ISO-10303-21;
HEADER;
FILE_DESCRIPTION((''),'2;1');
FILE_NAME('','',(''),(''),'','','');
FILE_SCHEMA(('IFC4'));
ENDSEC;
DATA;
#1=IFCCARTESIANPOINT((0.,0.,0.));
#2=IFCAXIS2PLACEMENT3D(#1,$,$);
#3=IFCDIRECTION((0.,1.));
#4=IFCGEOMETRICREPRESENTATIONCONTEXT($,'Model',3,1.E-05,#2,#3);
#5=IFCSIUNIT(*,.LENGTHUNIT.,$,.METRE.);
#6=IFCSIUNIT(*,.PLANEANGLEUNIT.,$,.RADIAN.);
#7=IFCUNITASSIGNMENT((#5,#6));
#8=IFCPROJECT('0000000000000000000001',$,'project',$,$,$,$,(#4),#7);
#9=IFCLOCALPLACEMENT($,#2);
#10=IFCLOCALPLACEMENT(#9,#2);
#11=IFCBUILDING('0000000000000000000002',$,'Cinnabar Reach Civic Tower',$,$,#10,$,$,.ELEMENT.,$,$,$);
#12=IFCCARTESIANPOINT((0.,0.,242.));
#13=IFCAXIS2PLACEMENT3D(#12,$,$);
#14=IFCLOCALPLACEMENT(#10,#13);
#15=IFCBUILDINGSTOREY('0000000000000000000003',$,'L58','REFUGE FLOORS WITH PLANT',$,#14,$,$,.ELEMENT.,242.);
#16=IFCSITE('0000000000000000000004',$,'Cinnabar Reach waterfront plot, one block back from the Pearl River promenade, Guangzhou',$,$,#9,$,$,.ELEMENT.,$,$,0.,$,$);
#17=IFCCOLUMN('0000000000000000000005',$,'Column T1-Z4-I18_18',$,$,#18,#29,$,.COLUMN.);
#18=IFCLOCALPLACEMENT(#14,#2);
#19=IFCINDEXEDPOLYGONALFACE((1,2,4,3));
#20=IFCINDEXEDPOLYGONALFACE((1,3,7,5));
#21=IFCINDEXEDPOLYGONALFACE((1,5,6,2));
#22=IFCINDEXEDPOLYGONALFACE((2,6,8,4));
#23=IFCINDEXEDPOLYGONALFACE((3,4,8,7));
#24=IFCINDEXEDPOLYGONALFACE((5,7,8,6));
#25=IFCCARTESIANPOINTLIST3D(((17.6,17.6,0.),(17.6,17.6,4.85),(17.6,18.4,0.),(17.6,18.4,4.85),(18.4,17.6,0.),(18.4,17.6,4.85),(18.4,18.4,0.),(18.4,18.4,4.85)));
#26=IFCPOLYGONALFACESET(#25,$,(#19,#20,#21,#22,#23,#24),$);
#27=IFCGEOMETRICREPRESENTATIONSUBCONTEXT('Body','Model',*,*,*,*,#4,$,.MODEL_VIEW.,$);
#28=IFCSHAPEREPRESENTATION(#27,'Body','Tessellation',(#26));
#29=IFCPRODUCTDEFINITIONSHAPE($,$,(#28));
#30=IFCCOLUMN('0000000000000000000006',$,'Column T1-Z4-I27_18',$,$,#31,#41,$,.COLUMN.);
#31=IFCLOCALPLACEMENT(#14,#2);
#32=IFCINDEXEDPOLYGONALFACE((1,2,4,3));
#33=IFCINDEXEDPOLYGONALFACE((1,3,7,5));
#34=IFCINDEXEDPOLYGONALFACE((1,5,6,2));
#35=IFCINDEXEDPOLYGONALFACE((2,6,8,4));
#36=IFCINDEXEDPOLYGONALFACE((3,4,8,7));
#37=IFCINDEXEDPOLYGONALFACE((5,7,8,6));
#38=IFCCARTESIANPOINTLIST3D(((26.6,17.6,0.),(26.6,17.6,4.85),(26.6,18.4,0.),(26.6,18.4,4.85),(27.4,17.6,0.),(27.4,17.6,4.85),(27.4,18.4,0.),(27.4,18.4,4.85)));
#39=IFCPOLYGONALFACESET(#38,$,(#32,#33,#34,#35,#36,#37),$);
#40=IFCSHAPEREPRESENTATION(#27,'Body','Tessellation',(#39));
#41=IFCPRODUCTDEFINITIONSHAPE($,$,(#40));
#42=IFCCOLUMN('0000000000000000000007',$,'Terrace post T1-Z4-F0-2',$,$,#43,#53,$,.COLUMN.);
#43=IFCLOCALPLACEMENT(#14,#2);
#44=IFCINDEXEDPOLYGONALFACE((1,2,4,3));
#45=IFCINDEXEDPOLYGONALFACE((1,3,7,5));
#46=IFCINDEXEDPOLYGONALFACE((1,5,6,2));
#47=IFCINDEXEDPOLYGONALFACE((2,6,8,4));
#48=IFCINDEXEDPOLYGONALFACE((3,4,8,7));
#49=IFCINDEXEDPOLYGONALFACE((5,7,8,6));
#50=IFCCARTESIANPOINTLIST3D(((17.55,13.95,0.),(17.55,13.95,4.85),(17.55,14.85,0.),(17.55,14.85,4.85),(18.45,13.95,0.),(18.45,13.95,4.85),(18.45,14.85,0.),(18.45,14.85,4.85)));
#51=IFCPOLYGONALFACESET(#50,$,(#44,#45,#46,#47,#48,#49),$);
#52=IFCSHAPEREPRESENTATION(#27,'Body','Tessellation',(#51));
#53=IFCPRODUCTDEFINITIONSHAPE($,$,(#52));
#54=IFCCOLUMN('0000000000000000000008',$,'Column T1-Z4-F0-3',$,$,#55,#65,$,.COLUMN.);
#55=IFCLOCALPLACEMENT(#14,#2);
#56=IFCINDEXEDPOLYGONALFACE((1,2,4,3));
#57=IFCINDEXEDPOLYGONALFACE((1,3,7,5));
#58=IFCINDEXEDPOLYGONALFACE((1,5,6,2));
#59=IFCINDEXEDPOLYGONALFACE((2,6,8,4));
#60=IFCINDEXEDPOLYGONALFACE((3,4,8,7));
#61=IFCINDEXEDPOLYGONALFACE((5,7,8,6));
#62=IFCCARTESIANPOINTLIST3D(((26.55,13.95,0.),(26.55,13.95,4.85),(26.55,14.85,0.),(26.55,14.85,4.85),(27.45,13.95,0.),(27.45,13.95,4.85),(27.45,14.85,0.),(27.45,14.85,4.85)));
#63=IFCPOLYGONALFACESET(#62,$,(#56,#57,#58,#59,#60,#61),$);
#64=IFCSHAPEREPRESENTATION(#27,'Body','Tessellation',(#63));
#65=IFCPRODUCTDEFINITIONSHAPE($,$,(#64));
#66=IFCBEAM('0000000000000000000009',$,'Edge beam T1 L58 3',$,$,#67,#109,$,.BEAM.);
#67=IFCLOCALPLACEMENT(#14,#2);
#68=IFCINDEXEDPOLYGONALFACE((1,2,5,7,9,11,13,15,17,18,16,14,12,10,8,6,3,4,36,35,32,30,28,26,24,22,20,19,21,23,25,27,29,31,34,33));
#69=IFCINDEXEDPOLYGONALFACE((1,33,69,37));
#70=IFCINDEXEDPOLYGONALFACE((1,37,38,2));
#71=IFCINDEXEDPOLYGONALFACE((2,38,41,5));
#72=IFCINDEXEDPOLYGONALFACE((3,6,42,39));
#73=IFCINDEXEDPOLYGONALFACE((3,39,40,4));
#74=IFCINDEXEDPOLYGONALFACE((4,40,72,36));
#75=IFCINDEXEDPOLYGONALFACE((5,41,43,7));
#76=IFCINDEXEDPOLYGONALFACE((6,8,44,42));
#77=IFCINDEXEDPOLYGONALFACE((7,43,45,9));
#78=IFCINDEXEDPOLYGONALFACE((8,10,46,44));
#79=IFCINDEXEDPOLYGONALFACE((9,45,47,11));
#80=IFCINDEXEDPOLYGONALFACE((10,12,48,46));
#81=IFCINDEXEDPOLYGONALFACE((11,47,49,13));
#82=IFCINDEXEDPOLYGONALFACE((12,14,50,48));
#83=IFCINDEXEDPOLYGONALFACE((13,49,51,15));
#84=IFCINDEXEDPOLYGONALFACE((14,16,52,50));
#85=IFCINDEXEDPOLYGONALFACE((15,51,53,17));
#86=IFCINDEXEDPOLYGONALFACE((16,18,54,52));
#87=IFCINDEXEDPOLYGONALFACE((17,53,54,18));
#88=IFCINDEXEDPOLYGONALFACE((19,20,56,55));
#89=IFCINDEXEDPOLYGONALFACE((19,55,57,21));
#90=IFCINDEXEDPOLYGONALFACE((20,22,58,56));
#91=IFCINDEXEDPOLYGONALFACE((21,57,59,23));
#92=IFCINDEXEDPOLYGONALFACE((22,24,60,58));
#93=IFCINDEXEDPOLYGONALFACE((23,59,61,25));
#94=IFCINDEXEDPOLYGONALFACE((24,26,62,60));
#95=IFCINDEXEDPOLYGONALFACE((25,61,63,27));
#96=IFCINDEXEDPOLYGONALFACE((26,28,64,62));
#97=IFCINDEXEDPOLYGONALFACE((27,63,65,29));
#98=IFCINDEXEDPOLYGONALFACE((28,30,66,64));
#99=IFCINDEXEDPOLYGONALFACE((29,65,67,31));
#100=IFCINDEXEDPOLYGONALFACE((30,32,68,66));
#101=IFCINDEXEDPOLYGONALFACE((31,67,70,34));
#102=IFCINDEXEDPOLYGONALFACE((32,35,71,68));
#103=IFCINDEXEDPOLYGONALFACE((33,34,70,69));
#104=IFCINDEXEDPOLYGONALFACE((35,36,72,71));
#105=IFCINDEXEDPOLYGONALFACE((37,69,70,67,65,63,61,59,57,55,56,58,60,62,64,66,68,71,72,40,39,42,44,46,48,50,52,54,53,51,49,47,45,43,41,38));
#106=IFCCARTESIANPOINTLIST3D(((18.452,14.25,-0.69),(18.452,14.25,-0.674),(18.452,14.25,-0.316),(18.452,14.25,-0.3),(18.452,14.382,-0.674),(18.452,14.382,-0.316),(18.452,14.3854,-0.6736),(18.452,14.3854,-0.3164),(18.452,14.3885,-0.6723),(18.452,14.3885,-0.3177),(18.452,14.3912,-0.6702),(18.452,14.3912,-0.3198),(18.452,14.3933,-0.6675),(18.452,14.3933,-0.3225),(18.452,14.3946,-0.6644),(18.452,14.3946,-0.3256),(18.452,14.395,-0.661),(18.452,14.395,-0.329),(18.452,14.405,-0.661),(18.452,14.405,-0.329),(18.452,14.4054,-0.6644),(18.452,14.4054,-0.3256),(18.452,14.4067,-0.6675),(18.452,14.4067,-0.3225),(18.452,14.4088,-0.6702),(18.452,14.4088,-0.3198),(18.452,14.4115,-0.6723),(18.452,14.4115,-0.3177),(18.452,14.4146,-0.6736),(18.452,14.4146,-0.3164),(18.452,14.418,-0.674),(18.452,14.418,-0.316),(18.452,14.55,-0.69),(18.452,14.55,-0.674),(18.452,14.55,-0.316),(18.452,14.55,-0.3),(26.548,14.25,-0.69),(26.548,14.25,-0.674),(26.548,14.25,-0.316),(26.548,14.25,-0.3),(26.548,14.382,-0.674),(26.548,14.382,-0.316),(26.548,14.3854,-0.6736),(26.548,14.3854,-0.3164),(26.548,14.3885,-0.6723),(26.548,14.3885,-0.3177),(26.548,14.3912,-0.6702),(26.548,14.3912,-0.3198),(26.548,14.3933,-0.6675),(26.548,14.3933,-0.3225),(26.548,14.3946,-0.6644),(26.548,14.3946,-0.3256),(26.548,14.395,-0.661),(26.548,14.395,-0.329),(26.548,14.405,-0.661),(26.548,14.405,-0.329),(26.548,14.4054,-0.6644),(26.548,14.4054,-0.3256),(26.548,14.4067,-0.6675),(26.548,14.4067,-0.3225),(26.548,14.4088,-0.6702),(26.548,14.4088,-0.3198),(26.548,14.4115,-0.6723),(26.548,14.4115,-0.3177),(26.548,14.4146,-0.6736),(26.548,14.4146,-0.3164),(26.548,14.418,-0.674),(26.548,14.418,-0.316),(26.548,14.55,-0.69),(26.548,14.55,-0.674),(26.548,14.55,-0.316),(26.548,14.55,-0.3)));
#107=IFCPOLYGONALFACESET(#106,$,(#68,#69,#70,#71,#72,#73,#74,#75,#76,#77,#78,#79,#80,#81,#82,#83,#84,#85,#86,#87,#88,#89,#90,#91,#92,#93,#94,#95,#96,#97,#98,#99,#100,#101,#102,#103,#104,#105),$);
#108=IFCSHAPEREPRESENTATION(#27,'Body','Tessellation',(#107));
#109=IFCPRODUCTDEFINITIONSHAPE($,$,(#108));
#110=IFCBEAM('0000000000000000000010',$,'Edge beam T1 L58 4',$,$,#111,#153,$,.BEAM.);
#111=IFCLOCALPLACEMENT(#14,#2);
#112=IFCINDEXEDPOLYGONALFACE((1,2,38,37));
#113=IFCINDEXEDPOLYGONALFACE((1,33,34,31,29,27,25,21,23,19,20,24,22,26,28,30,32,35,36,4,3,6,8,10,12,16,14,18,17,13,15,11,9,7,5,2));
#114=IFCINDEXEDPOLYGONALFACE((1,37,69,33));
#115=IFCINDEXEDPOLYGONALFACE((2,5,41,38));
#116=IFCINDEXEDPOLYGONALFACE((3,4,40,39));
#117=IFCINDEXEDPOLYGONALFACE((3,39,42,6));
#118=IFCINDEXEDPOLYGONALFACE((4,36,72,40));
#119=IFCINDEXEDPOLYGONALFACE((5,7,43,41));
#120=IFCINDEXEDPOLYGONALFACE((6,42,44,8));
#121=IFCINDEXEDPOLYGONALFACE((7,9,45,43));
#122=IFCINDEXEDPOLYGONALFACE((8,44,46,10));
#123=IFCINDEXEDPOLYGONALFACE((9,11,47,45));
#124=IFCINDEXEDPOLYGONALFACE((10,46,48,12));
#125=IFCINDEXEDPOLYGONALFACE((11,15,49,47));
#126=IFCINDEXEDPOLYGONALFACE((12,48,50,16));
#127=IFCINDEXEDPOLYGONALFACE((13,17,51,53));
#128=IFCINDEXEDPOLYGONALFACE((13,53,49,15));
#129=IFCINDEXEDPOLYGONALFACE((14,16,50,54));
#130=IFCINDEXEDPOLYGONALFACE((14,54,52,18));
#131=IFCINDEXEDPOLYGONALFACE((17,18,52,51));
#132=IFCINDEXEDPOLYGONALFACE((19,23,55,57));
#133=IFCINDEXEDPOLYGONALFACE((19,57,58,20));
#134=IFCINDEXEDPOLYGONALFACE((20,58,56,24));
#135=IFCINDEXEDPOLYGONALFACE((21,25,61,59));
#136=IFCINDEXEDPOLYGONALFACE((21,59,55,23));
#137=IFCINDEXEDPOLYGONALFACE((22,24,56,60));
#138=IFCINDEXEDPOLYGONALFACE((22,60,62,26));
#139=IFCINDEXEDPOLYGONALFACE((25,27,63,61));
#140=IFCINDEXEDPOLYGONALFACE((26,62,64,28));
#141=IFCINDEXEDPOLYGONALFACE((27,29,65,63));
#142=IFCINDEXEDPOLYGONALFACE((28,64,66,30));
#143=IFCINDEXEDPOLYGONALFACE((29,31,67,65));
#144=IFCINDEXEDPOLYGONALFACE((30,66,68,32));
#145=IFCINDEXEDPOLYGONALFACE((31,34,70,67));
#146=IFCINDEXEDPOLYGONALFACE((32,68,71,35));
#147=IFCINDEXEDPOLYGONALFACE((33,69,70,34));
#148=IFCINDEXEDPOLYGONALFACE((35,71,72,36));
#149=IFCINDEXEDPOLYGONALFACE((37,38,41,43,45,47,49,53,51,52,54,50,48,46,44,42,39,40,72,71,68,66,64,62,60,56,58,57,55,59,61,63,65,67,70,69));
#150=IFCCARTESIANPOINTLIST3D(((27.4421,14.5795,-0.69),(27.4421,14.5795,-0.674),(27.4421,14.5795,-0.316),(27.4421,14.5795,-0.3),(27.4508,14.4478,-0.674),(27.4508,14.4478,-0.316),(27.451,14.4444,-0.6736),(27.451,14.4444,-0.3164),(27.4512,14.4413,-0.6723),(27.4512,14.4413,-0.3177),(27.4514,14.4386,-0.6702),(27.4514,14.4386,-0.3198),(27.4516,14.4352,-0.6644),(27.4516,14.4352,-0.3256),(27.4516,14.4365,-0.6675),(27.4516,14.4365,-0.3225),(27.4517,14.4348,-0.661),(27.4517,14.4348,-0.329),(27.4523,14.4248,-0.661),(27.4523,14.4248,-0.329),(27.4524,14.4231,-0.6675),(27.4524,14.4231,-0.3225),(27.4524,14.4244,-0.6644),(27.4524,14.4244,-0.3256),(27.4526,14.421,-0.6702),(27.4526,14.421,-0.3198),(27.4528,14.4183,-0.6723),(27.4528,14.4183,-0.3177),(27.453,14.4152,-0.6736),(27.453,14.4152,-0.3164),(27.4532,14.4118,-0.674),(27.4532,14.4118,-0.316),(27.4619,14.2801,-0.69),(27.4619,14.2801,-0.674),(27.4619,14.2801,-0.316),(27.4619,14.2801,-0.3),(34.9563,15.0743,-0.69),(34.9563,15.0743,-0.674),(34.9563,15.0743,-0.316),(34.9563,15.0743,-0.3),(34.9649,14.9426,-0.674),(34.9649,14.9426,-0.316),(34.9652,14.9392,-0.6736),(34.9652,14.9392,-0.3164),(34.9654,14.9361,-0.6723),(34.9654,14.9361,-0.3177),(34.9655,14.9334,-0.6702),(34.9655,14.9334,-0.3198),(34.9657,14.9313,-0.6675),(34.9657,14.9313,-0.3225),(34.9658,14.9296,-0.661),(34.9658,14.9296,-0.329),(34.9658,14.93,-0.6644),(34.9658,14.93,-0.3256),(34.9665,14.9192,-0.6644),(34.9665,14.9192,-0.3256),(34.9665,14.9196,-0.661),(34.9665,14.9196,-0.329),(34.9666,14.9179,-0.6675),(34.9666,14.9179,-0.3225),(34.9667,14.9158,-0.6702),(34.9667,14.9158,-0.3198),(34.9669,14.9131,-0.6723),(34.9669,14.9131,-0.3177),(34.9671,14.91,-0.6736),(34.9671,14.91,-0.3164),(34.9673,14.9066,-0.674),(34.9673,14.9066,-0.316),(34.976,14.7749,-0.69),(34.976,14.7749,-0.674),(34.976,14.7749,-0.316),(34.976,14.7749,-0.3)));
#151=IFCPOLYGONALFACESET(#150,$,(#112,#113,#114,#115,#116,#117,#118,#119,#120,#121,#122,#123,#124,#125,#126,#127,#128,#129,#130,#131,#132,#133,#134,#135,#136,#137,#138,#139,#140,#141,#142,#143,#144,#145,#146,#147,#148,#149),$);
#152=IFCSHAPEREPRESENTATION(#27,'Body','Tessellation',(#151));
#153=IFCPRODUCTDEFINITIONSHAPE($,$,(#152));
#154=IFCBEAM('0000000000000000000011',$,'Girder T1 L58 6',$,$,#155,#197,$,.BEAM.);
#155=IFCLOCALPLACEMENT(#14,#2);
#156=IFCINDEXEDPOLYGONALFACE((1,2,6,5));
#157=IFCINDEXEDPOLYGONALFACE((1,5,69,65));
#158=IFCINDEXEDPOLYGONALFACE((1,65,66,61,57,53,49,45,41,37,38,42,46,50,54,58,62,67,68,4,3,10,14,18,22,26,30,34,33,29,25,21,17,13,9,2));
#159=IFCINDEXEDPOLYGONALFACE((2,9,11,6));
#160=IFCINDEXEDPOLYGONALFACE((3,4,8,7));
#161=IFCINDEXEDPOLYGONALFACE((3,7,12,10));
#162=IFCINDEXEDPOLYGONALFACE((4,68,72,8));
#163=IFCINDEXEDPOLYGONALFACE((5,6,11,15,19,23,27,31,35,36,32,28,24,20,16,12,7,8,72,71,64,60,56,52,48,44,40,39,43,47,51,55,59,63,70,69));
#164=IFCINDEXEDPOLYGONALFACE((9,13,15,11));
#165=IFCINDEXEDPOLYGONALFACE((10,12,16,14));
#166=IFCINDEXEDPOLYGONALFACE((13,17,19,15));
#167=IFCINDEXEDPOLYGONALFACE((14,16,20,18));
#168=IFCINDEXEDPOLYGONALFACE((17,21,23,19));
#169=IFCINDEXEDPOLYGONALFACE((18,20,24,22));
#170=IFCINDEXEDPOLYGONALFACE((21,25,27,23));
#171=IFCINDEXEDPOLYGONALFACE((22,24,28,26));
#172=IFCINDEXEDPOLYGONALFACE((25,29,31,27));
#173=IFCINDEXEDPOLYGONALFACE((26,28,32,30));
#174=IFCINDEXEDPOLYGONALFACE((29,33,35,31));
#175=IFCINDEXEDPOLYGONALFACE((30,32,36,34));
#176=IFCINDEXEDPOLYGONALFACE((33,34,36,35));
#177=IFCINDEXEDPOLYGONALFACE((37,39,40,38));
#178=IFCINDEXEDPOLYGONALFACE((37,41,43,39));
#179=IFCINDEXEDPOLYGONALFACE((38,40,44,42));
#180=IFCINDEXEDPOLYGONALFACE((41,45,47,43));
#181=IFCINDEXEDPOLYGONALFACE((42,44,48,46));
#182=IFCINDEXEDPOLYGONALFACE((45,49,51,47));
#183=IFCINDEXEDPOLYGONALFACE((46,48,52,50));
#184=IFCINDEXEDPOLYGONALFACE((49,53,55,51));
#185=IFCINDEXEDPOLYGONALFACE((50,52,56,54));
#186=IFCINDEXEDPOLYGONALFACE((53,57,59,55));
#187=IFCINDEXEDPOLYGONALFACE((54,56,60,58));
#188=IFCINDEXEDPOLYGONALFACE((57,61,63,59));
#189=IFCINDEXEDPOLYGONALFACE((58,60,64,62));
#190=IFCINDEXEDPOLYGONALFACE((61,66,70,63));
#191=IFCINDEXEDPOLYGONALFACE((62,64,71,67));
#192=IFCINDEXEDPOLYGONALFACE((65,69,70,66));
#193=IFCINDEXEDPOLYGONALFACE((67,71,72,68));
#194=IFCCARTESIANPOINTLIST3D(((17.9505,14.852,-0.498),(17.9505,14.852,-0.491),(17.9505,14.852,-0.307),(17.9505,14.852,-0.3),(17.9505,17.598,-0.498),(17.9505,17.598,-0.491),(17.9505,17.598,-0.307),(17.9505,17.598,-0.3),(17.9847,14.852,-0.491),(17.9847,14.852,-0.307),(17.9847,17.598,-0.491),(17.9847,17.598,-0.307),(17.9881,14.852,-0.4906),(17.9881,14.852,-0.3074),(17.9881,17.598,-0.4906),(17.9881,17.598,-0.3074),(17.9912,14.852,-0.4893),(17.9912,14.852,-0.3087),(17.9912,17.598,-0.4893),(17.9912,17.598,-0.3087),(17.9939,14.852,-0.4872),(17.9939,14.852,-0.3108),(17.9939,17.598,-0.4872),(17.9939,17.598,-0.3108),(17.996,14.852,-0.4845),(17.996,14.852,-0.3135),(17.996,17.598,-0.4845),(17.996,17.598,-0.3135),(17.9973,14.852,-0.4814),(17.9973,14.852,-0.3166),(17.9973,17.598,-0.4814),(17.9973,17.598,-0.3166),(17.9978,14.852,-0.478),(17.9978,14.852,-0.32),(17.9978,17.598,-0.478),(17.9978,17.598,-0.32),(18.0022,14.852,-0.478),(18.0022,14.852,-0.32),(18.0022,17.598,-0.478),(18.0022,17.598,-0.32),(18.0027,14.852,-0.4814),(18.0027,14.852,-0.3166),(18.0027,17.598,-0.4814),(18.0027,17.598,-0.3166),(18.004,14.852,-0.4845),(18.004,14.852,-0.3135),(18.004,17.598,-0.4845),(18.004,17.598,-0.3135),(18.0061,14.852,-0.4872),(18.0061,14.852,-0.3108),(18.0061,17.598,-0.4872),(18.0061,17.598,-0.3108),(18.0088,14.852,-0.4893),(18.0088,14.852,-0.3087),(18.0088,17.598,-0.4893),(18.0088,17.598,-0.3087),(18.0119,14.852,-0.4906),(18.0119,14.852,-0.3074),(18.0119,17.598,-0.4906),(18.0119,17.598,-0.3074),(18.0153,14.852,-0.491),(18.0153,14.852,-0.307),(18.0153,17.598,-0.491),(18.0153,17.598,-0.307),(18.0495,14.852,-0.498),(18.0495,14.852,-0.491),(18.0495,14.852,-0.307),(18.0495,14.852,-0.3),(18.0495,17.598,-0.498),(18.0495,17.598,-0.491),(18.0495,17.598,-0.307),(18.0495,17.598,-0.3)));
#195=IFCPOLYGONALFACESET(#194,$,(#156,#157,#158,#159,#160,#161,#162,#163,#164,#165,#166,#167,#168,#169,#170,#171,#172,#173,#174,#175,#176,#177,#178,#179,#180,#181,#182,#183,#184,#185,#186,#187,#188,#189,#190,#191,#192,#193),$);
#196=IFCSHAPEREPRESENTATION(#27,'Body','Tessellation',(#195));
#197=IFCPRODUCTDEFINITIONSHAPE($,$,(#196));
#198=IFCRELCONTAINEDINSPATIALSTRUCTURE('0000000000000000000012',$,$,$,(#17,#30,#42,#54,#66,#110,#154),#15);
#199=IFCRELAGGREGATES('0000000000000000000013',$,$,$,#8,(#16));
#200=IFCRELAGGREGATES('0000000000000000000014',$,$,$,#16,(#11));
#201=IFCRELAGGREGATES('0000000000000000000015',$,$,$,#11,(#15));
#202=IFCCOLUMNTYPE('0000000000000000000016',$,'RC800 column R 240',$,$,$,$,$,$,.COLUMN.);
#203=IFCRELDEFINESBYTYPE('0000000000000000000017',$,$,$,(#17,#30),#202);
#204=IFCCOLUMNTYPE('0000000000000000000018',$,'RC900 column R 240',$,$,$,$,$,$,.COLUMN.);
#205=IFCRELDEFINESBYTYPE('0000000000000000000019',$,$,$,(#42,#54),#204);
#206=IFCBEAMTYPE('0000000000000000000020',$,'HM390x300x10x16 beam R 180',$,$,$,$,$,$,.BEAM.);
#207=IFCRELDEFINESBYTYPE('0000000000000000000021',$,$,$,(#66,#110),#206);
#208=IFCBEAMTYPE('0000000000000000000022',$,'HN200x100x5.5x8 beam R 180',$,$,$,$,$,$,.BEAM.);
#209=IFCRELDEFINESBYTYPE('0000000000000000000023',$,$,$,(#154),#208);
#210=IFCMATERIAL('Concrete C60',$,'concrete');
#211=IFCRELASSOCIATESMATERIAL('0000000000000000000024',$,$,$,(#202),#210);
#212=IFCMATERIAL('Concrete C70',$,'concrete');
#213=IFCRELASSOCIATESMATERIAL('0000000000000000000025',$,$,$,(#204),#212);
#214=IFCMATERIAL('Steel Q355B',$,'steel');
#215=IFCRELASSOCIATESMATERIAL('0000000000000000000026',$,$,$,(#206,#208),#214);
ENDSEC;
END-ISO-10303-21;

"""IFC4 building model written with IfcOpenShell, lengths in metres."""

from ifc_helpers import new_model, si_unit, direction, frame, origin, origin_2d, place, context, subcontext, project, spatial, rectangle, i_section, extrude, material, material_profile, profile_set, type_object, element, save


model = new_model("IFC4")

# Units and contexts
model_context = context("Model", 3, precision=1e-05, world=origin(), true_north=direction((0.0, 1.0)))
body_context = subcontext(model_context, "Body", "Model", "MODEL_VIEW")
ifc_project = project(units=[si_unit("LENGTHUNIT", "METRE"), si_unit("PLANEANGLEUNIT", "RADIAN")], contexts=[model_context])

# Site, building, storey
site_placement = place(None, origin())
site = spatial("IfcSite", under=ifc_project, at=site_placement, Name="Cinnabar Reach waterfront plot, one block back from the Pearl River promenade, Guangzhou", CompositionType="ELEMENT", RefElevation=0.0)
building_placement = place(site_placement, origin())
building = spatial("IfcBuilding", under=site, at=building_placement, Name="Cinnabar Reach Civic Tower", CompositionType="ELEMENT")
storey_placement = place(building_placement, frame((0.0, 0.0, 242.0)))
storey = spatial("IfcBuildingStorey", under=building, at=storey_placement, Name="L58", Description="REFUGE FLOORS WITH PLANT", CompositionType="ELEMENT", Elevation=242.0)

# Columns
ifc_material_1 = material(Name="Concrete C60", Category="concrete")
ifc_material_profile_1 = material_profile(ifc_material_1, rectangle(XDim=0.8, YDim=0.8, at=origin_2d()), Name="RC800")
ifc_profile_set_1 = profile_set([ifc_material_profile_1], Name="Concrete C60")
column_type_1 = type_object("IfcColumnType", Name="RC800 column R 240", PredefinedType="COLUMN", material=ifc_profile_set_1)
for number, where, z_axis, x_axis, name in (
    (1, (18.0, 18.0, 0.0), (0.0, 0.0, 1.0), (1.0, 0.0, 0.0), "Column T1-Z4-I18_18"),
    (2, (27.0, 18.0, 0.0), (0.0, 0.0, 1.0), (1.0, 0.0, 0.0), "Column T1-Z4-I27_18"),
):
    element("IfcColumn", number, at=place(storey_placement, frame(where, z_axis=z_axis, x_axis=x_axis)), inside=storey, type_object=column_type_1, Name=name, PredefinedType="COLUMN", context=body_context, shape_type="SweptSolid", body=[
        extrude(rectangle(XDim=0.8, YDim=0.8, at=origin_2d()), origin(), (0.0, 0.0, 1.0), 4.85),
    ])
ifc_material_2 = material(Name="Concrete C70", Category="concrete")
ifc_material_profile_2 = material_profile(ifc_material_2, rectangle(XDim=0.9, YDim=0.9, at=origin_2d()), Name="RC900")
ifc_profile_set_2 = profile_set([ifc_material_profile_2], Name="Concrete C70")
column_type_2 = type_object("IfcColumnType", Name="RC900 column R 240", PredefinedType="COLUMN", material=ifc_profile_set_2)
for number, where, z_axis, x_axis, name in (
    (3, (18.0, 14.4, 0.0), (0.0, 0.0, 1.0), (1.0, 0.0, 0.0), "Terrace post T1-Z4-F0-2"),
    (4, (27.0, 14.4, 0.0), (0.0, 0.0, 1.0), (1.0, 0.0, 0.0), "Column T1-Z4-F0-3"),
):
    element("IfcColumn", number, at=place(storey_placement, frame(where, z_axis=z_axis, x_axis=x_axis)), inside=storey, type_object=column_type_2, Name=name, PredefinedType="COLUMN", context=body_context, shape_type="SweptSolid", body=[
        extrude(rectangle(XDim=0.9, YDim=0.9, at=origin_2d()), origin(), (0.0, 0.0, 1.0), 4.85),
    ])

# Beams
ifc_material_3 = material(Name="Steel Q355B", Category="steel")
ifc_material_profile_3 = material_profile(ifc_material_3, i_section(OverallWidth=0.3, OverallDepth=0.39, WebThickness=0.01, FlangeThickness=0.016, FilletRadius=0.013, at=origin_2d()), Name="HM390x300x10x16")
ifc_profile_set_3 = profile_set([ifc_material_profile_3], Name="Steel Q355B")
beam_type_1 = type_object("IfcBeamType", Name="HM390x300x10x16 beam R 180", PredefinedType="BEAM", material=ifc_profile_set_3)
beam_1_placement = place(storey_placement, frame((18.452, 14.4, -0.495), z_axis=(1.0, 0.0, 0.0), x_axis=(0.0, 1.0, 0.0)))
element("IfcBeam", 5, at=beam_1_placement, inside=storey, type_object=beam_type_1, Name="Edge beam T1 L58 3", PredefinedType="BEAM", context=body_context, shape_type="SweptSolid", body=[
    extrude(i_section(OverallWidth=0.3, OverallDepth=0.39, WebThickness=0.01, FlangeThickness=0.016, FilletRadius=0.013, at=origin_2d()), origin(), (0.0, 0.0, 1.0), 8.096),
])
beam_2_placement = place(storey_placement, frame((27.452, 14.4298, -0.495), z_axis=(0.997839, 0.065707, 0.0), x_axis=(-0.065707, 0.997839, 0.0)))
element("IfcBeam", 6, at=beam_2_placement, inside=storey, type_object=beam_type_1, Name="Edge beam T1 L58 4", PredefinedType="BEAM", context=body_context, shape_type="SweptSolid", body=[
    extrude(i_section(OverallWidth=0.3, OverallDepth=0.39, WebThickness=0.01, FlangeThickness=0.016, FilletRadius=0.013, at=origin_2d()), origin(), (0.0, 0.0, 1.0), 7.5304),
])
ifc_material_profile_4 = material_profile(ifc_material_3, i_section(OverallWidth=0.099, OverallDepth=0.198, WebThickness=0.0045, FlangeThickness=0.007, FilletRadius=0.013, at=origin_2d()), Name="HN200x100x5.5x8")
ifc_profile_set_4 = profile_set([ifc_material_profile_4], Name="Steel Q355B")
beam_type_2 = type_object("IfcBeamType", Name="HN200x100x5.5x8 beam R 180", PredefinedType="BEAM", material=ifc_profile_set_4)
beam_3_placement = place(storey_placement, frame((18.0, 14.852, -0.399), z_axis=(0.0, 1.0, 0.0), x_axis=(-1.0, 0.0, 0.0)))
element("IfcBeam", 7, at=beam_3_placement, inside=storey, type_object=beam_type_2, Name="Girder T1 L58 6", PredefinedType="BEAM", context=body_context, shape_type="SweptSolid", body=[
    extrude(i_section(OverallWidth=0.099, OverallDepth=0.198, WebThickness=0.0045, FlangeThickness=0.007, FilletRadius=0.013, at=origin_2d()), origin(), (0.0, 0.0, 1.0), 2.746),
])

save(model, "model.ifc")
